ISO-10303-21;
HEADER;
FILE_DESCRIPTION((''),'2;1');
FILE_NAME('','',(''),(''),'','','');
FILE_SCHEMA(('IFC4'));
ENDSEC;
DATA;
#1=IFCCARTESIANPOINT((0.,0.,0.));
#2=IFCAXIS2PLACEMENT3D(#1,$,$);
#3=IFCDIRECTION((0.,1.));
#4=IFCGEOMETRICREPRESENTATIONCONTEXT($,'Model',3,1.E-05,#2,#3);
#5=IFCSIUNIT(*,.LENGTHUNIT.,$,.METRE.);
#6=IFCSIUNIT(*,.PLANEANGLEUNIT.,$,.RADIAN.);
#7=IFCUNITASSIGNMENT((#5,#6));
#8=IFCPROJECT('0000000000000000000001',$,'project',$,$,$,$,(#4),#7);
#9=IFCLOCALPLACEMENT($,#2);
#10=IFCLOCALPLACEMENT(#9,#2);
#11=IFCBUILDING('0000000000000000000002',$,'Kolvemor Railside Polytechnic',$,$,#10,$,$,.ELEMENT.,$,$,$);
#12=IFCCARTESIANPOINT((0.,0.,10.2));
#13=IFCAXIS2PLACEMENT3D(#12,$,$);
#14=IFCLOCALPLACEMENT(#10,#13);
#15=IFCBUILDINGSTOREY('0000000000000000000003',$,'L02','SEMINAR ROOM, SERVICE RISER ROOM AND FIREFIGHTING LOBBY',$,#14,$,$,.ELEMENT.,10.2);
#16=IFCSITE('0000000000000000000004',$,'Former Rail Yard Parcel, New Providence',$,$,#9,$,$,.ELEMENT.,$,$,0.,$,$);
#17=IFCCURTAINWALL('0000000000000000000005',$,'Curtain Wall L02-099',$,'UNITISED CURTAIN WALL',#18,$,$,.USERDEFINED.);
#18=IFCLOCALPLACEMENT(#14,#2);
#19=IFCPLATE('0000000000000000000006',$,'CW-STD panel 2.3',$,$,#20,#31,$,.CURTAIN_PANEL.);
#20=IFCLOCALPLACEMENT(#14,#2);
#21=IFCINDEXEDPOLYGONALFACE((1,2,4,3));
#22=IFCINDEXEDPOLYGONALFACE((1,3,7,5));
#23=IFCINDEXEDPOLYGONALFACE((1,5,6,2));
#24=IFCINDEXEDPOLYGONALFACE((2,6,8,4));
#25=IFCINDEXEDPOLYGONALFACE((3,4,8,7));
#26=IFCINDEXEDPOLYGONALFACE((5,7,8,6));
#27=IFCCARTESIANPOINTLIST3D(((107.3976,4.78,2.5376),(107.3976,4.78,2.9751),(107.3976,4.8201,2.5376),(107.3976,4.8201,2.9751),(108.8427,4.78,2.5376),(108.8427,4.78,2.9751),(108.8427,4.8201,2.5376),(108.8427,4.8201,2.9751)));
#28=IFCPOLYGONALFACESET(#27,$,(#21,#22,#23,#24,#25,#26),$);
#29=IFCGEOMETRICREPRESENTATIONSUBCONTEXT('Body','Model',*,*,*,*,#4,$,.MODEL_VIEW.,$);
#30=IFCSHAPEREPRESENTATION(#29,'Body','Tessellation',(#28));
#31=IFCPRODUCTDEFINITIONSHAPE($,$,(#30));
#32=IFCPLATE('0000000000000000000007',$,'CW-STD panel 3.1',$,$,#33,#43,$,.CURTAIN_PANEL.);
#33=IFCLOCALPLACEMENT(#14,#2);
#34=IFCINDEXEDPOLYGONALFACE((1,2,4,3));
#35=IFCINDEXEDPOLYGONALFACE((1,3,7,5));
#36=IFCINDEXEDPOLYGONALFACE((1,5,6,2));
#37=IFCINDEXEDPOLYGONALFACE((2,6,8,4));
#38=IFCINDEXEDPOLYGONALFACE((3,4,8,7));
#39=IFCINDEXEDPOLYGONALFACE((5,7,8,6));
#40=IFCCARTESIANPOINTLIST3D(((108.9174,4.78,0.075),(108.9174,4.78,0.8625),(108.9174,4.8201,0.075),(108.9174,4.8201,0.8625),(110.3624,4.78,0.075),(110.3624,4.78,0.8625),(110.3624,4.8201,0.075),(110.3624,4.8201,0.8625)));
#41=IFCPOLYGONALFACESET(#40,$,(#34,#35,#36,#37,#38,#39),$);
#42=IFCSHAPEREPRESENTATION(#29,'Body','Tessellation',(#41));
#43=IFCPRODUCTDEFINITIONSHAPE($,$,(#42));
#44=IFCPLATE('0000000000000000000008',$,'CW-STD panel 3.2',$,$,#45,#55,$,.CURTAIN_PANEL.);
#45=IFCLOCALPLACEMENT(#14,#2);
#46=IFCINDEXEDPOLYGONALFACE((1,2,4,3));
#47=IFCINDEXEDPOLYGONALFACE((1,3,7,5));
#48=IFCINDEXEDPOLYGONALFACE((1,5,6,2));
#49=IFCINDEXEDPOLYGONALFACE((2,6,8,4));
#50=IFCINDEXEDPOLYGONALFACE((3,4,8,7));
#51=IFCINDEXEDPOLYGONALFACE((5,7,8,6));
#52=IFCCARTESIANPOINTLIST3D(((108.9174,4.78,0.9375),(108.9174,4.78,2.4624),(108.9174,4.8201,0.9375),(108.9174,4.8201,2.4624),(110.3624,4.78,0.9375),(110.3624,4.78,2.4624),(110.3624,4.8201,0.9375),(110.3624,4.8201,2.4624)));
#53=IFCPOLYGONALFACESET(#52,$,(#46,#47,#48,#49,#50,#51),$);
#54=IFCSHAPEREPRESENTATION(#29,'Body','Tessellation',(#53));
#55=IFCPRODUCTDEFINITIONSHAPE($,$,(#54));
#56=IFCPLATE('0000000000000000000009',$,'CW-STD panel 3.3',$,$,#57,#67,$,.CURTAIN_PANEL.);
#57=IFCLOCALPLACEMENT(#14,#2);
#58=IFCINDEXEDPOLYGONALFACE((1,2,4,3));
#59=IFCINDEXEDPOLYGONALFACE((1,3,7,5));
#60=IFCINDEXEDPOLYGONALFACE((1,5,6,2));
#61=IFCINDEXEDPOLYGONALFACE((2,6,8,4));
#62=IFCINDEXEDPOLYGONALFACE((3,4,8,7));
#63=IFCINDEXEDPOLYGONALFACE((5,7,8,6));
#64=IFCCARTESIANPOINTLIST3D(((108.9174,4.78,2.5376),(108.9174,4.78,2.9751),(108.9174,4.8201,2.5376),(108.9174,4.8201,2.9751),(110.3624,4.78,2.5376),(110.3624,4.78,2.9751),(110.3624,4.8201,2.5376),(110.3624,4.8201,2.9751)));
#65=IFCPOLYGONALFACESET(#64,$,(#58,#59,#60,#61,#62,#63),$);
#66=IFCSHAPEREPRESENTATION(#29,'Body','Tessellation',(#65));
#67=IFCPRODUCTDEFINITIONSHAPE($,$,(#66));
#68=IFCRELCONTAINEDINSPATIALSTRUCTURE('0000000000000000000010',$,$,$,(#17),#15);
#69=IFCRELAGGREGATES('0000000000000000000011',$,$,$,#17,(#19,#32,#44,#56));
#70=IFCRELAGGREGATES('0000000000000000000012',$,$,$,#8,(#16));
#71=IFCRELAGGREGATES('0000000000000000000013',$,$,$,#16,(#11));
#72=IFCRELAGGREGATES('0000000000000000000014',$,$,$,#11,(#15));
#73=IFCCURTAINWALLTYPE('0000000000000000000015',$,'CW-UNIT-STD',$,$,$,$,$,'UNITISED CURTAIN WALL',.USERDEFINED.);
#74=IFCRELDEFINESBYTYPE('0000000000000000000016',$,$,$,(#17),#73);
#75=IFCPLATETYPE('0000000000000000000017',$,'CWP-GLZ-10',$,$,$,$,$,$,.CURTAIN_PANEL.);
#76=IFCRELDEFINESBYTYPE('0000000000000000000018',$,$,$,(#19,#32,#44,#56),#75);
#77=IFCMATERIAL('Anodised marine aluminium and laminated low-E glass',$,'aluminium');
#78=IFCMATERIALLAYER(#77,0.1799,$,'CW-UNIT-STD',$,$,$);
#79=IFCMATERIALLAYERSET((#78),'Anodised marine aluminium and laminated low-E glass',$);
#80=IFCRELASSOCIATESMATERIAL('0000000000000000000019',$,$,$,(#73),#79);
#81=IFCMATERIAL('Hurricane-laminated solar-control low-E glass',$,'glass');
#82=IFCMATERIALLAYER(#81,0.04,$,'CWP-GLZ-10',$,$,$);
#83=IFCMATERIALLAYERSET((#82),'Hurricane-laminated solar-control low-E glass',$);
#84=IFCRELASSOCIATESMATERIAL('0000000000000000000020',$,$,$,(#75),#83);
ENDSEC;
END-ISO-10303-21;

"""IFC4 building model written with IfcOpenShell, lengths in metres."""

from ifc_helpers import new_model, si_unit, direction, frame, origin, origin_2d, place, context, subcontext, project, spatial, rectangle, extrude, material, layer, layer_set, type_object, element, aggregate, save


model = new_model("IFC4")

# Units and contexts
model_context = context("Model", 3, precision=1e-05, world=origin(), true_north=direction((0.0, 1.0)))
body_context = subcontext(model_context, "Body", "Model", "MODEL_VIEW")
ifc_project = project(units=[si_unit("LENGTHUNIT", "METRE"), si_unit("PLANEANGLEUNIT", "RADIAN")], contexts=[model_context])

# Site, building, storey
site_placement = place(None, origin())
site = spatial("IfcSite", under=ifc_project, at=site_placement, Name="Former Rail Yard Parcel, New Providence", CompositionType="ELEMENT", RefElevation=0.0)
building_placement = place(site_placement, origin())
building = spatial("IfcBuilding", under=site, at=building_placement, Name="Kolvemor Railside Polytechnic", CompositionType="ELEMENT")
storey_placement = place(building_placement, frame((0.0, 0.0, 10.2)))
storey = spatial("IfcBuildingStorey", under=building, at=storey_placement, Name="L02", Description="SEMINAR ROOM, SERVICE RISER ROOM AND FIREFIGHTING LOBBY", CompositionType="ELEMENT", Elevation=10.2)

# Curtain wall, plates
ifc_material_1 = material(Name="Anodised marine aluminium and laminated low-E glass", Category="aluminium")
ifc_layer_1 = layer(ifc_material_1, 0.1799, Name="CW-UNIT-STD")
ifc_layer_set_1 = layer_set([ifc_layer_1], Name="Anodised marine aluminium and laminated low-E glass")
curtain_wall_type = type_object("IfcCurtainWallType", Name="CW-UNIT-STD", ElementType="UNITISED CURTAIN WALL", PredefinedType="USERDEFINED", material=ifc_layer_set_1)
curtain_wall_placement = place(storey_placement, origin())
curtain_wall = element("IfcCurtainWall", 1, at=curtain_wall_placement, inside=storey, type_object=curtain_wall_type, Name="Curtain Wall L02-099", ObjectType="UNITISED CURTAIN WALL", PredefinedType="USERDEFINED")
ifc_material_2 = material(Name="Hurricane-laminated solar-control low-E glass", Category="glass")
ifc_layer_2 = layer(ifc_material_2, 0.04, Name="CWP-GLZ-10")
ifc_layer_set_2 = layer_set([ifc_layer_2], Name="Hurricane-laminated solar-control low-E glass")
plate_type = type_object("IfcPlateType", Name="CWP-GLZ-10", PredefinedType="CURTAIN_PANEL", material=ifc_layer_set_2)
plate_1_placement = place(storey_placement, frame((108.1201, 4.8, 2.5376), z_axis=(0.0, 0.0, 1.0), x_axis=(1.0, 0.0, 0.0)))
plate_1 = element("IfcPlate", 2, at=plate_1_placement, type_object=plate_type, Name="CW-STD panel 2.3", PredefinedType="CURTAIN_PANEL", context=body_context, shape_type="SweptSolid", body=[
    extrude(rectangle(XDim=1.4451, YDim=0.04, at=origin_2d()), origin(), (0.0, 0.0, 1.0), 0.4375),
])
plate_2_placement = place(storey_placement, frame((109.6399, 4.8, 0.075), z_axis=(0.0, 0.0, 1.0), x_axis=(1.0, 0.0, 0.0)))
plate_2 = element("IfcPlate", 3, at=plate_2_placement, type_object=plate_type, Name="CW-STD panel 3.1", PredefinedType="CURTAIN_PANEL", context=body_context, shape_type="SweptSolid", body=[
    extrude(rectangle(XDim=1.4451, YDim=0.04, at=origin_2d()), origin(), (0.0, 0.0, 1.0), 0.7876),
])
plate_3_placement = place(storey_placement, frame((109.6399, 4.8, 0.9375), z_axis=(0.0, 0.0, 1.0), x_axis=(1.0, 0.0, 0.0)))
plate_3 = element("IfcPlate", 4, at=plate_3_placement, type_object=plate_type, Name="CW-STD panel 3.2", PredefinedType="CURTAIN_PANEL", context=body_context, shape_type="SweptSolid", body=[
    extrude(rectangle(XDim=1.4451, YDim=0.04, at=origin_2d()), origin(), (0.0, 0.0, 1.0), 1.5249),
])
plate_4_placement = place(storey_placement, frame((109.6399, 4.8, 2.5376), z_axis=(0.0, 0.0, 1.0), x_axis=(1.0, 0.0, 0.0)))
plate_4 = element("IfcPlate", 5, at=plate_4_placement, type_object=plate_type, Name="CW-STD panel 3.3", PredefinedType="CURTAIN_PANEL", context=body_context, shape_type="SweptSolid", body=[
    extrude(rectangle(XDim=1.4451, YDim=0.04, at=origin_2d()), origin(), (0.0, 0.0, 1.0), 0.4375),
])
aggregate(curtain_wall, [plate_1, plate_2, plate_3, plate_4])

save(model, "model.ifc")
